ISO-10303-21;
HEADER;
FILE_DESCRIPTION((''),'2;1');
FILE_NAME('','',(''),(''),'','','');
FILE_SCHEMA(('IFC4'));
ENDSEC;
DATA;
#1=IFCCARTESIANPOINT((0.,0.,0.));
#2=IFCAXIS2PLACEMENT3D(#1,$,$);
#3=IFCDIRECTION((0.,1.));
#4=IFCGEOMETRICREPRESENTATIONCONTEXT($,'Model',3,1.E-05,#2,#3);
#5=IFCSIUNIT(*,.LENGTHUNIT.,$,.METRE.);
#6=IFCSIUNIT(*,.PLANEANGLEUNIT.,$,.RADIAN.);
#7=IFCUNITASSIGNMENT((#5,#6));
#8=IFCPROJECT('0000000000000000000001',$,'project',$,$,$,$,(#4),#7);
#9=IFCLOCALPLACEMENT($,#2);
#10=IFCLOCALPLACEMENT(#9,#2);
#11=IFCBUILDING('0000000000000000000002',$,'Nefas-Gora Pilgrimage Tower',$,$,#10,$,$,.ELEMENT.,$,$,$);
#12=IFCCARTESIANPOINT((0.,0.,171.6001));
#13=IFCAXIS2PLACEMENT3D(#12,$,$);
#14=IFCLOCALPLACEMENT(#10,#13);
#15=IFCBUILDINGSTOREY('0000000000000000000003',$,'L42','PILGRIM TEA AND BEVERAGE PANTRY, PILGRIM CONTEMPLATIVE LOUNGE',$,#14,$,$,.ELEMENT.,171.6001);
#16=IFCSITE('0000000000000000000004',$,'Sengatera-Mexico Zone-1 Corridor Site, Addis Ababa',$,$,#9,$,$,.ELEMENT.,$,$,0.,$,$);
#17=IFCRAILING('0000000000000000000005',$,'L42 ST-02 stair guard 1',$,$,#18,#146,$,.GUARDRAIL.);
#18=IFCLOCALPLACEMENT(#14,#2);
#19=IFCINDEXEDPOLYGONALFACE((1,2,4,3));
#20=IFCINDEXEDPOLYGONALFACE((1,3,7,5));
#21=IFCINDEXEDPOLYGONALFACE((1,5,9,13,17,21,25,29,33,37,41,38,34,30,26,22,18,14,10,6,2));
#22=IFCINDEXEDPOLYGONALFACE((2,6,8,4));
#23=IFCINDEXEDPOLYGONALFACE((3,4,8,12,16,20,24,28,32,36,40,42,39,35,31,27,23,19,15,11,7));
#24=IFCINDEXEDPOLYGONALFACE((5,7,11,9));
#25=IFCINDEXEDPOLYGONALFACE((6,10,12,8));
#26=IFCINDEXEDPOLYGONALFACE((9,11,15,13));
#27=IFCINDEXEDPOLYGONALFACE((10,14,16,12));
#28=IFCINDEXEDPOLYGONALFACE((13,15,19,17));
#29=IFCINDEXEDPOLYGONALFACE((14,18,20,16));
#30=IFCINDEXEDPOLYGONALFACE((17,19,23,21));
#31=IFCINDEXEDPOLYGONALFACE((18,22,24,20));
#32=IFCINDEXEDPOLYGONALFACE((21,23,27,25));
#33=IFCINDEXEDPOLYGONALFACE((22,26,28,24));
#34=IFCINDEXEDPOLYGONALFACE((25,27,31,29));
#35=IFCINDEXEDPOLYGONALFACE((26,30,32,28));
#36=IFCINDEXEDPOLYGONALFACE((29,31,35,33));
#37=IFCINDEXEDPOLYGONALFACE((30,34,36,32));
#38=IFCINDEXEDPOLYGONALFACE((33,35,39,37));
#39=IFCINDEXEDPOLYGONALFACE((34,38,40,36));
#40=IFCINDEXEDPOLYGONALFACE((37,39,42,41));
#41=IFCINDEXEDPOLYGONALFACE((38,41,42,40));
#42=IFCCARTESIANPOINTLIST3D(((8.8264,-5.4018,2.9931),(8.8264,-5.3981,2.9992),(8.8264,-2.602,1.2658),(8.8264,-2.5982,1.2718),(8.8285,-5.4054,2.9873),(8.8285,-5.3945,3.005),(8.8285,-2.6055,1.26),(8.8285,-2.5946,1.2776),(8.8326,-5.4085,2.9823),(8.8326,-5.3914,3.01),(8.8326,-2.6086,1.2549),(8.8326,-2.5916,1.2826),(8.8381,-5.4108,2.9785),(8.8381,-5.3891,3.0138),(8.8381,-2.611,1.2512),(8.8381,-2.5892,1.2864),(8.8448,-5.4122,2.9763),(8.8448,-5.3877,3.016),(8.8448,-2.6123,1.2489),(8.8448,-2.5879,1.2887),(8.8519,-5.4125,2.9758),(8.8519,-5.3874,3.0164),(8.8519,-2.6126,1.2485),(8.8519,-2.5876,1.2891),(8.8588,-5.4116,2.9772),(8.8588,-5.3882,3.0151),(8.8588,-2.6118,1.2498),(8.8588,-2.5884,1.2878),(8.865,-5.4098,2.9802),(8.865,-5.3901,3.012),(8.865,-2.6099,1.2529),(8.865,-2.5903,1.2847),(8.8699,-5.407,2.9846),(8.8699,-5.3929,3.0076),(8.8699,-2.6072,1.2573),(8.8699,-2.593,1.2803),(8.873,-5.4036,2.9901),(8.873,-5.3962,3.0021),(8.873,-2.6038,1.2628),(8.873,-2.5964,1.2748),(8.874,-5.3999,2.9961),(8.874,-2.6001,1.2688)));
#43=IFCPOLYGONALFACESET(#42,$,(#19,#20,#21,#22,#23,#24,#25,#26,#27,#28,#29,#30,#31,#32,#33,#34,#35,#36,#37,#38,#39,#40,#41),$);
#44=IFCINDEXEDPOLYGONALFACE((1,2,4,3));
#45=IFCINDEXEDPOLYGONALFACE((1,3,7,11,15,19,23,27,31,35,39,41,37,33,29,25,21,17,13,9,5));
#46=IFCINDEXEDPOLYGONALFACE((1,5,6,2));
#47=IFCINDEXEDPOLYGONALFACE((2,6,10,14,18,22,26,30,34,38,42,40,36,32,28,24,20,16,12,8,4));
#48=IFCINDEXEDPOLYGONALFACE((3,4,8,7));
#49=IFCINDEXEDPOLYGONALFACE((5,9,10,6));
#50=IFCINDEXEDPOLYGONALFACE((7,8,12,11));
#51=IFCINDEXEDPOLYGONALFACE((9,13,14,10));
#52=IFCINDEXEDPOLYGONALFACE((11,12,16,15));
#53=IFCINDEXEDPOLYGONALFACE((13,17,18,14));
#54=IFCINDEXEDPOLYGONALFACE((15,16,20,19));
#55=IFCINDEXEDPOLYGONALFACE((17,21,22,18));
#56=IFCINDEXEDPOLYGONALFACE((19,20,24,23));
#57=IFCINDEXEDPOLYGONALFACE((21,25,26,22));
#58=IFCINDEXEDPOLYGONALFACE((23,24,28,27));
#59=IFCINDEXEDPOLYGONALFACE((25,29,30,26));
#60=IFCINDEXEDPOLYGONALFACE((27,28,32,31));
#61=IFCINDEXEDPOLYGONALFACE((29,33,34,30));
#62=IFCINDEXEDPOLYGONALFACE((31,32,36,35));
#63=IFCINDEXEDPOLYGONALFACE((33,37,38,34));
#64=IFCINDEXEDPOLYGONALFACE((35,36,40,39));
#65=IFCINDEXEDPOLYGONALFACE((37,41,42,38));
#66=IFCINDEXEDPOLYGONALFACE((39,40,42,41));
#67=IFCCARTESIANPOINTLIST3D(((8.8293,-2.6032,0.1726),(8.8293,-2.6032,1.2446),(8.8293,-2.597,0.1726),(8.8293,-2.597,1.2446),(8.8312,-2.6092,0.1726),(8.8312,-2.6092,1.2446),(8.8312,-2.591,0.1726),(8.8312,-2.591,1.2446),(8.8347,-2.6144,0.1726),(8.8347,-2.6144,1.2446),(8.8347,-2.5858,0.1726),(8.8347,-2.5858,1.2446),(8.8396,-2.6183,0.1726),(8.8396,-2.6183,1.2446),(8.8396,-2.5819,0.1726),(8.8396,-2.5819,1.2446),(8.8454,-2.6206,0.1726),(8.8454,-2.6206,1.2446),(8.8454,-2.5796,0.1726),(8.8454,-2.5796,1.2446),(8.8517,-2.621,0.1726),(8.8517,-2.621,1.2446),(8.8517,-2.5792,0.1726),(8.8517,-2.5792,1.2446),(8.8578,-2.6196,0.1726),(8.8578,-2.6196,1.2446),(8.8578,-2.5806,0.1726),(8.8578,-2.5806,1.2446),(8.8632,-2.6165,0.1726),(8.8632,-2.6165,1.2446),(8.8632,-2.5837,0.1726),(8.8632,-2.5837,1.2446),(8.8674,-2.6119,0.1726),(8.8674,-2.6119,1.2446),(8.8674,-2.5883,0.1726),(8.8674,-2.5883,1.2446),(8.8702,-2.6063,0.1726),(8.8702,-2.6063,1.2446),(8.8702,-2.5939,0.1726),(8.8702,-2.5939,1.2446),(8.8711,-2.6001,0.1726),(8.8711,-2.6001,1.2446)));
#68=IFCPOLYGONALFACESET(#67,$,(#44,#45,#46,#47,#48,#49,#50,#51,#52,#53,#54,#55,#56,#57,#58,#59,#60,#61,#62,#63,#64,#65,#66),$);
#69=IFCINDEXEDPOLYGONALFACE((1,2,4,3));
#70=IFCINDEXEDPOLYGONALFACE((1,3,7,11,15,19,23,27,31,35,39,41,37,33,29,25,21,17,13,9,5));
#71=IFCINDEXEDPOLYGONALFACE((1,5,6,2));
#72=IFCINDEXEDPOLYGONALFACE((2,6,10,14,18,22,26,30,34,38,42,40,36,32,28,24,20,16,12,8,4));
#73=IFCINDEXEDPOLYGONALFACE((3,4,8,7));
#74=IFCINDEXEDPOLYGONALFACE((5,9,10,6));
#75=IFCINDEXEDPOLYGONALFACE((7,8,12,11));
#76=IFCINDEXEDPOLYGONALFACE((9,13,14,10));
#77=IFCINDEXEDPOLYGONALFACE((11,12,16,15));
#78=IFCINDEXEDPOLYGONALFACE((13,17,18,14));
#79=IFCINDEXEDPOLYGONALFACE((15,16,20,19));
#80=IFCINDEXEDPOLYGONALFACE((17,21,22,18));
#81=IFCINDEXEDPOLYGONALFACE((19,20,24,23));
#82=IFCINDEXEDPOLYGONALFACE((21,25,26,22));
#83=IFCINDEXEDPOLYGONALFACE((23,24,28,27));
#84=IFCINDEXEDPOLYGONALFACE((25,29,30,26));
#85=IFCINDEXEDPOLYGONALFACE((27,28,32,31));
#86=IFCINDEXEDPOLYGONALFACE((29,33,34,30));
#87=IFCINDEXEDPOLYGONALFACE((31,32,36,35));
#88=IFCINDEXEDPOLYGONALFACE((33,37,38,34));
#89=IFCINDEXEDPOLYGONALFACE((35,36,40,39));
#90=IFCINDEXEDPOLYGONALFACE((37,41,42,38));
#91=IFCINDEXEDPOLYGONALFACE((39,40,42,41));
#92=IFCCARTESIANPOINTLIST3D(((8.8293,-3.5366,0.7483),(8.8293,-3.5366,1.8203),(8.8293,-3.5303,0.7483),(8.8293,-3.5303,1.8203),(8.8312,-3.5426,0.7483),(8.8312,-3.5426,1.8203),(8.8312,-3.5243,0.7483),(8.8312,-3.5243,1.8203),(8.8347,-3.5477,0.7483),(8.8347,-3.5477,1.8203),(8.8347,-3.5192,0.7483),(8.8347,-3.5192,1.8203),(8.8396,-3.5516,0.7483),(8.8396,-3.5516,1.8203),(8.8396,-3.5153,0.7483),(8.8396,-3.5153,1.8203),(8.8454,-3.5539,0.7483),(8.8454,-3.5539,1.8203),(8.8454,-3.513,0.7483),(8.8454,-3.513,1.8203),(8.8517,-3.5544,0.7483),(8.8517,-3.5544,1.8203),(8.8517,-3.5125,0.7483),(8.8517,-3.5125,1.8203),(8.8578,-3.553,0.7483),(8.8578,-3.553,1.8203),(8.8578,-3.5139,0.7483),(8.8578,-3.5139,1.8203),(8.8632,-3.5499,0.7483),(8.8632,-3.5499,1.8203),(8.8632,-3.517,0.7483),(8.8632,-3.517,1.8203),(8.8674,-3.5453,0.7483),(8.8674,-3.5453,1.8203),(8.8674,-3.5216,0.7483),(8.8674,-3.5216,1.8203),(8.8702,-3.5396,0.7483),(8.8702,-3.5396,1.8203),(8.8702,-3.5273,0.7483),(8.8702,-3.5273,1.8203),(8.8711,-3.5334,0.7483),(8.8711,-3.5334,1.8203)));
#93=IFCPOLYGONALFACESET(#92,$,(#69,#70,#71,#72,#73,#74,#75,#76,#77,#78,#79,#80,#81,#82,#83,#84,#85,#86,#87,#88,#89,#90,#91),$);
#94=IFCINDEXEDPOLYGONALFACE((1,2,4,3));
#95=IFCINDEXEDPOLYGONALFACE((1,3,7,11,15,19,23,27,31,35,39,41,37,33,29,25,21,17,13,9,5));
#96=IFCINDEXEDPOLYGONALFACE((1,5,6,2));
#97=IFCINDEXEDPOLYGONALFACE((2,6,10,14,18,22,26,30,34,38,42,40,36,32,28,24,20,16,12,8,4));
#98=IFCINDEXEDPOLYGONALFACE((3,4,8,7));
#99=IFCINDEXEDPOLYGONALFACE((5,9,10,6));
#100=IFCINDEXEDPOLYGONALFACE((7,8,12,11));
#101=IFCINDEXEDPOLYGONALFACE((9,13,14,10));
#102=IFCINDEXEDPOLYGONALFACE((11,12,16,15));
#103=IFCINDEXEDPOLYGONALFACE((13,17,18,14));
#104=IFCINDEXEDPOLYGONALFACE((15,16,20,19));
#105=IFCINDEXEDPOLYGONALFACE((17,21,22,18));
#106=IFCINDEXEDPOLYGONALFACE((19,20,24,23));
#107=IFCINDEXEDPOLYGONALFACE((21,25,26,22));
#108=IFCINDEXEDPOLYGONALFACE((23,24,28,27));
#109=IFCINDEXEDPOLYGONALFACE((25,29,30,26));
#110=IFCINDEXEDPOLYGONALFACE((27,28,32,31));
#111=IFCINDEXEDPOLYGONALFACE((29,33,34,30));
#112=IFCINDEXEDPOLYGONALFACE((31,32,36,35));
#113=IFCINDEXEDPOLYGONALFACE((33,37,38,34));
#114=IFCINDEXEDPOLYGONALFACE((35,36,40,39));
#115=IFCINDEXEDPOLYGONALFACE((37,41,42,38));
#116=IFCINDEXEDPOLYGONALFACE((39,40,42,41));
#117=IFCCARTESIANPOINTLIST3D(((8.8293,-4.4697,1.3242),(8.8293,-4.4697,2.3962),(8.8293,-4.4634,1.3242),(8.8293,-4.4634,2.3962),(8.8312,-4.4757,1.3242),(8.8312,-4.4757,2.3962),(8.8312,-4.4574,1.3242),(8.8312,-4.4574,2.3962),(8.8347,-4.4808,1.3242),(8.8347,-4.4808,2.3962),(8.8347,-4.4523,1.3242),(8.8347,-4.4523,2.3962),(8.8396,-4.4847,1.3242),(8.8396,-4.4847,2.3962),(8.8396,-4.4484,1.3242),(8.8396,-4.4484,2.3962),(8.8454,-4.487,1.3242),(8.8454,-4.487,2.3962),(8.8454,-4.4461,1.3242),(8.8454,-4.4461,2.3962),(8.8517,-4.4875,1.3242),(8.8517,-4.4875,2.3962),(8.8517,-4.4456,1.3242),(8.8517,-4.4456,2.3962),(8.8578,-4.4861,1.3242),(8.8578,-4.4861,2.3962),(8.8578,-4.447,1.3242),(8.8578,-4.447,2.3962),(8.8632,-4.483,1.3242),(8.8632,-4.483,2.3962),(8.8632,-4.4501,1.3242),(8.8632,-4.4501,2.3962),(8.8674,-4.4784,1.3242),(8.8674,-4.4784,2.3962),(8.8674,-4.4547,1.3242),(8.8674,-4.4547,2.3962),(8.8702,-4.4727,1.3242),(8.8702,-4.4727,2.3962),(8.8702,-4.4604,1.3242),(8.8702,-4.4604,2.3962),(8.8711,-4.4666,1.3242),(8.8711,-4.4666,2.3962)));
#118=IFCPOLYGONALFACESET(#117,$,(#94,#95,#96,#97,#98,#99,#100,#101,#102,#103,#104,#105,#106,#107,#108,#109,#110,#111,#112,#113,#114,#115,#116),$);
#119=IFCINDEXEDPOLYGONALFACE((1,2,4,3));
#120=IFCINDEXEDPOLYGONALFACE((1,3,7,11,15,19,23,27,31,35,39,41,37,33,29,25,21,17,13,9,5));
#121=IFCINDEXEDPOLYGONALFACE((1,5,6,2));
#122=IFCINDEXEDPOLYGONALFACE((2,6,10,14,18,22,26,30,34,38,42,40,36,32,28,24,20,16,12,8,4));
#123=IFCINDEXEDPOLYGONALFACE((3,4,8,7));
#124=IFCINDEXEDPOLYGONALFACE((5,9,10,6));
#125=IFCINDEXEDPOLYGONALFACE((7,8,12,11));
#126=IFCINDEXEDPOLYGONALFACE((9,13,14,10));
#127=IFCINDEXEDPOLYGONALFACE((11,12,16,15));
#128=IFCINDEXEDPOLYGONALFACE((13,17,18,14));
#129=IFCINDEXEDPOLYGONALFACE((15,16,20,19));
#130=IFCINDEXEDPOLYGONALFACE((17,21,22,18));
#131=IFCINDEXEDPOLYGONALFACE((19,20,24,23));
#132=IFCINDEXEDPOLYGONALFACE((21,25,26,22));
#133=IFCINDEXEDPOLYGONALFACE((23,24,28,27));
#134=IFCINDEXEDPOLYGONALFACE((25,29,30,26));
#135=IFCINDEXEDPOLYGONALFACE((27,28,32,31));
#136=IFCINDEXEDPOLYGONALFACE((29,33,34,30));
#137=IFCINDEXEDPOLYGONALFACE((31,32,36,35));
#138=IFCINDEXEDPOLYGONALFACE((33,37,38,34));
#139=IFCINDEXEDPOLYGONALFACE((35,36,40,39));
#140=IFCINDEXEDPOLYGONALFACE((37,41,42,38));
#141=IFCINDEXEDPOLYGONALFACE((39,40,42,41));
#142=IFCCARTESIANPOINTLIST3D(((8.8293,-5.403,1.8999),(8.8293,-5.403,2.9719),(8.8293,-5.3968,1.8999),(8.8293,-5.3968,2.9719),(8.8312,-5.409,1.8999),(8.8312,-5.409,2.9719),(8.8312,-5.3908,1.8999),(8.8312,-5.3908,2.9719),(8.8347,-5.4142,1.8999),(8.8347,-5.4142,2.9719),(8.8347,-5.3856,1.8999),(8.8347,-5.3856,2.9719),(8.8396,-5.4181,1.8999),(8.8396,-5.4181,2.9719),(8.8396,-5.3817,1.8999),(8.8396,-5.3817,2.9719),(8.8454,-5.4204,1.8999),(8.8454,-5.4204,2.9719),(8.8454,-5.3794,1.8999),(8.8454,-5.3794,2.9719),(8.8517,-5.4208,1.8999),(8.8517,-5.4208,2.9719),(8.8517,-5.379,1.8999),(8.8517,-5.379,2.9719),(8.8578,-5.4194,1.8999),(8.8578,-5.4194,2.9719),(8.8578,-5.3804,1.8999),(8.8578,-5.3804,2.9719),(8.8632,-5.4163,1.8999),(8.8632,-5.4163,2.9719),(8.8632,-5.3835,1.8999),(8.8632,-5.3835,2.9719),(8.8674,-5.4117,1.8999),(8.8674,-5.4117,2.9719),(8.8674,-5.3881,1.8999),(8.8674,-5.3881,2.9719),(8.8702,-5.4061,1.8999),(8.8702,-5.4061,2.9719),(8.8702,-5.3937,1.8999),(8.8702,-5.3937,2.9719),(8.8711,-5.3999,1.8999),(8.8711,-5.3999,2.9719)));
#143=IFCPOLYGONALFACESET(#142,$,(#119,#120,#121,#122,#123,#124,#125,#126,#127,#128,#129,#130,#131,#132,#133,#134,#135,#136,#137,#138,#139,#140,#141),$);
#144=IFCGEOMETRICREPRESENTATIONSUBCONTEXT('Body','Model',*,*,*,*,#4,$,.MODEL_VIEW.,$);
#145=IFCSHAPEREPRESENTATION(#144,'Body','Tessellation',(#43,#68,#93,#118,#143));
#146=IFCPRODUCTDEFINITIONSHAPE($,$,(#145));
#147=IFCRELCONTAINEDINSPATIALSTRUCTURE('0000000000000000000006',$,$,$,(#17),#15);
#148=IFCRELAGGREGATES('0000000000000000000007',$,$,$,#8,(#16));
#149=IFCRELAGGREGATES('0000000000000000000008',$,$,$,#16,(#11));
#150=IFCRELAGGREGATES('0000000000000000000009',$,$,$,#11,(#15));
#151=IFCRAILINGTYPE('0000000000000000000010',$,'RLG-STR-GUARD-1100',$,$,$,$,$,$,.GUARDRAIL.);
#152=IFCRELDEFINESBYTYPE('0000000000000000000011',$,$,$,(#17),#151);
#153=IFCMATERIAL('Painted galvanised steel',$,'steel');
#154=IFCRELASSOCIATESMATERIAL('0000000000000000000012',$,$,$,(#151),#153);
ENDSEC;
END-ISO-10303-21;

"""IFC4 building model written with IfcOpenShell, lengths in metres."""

from ifc_helpers import new_model, si_unit, direction, frame, origin, origin_2d, place, context, subcontext, project, spatial, circle, extrude, material, type_object, element, save


model = new_model("IFC4")

# Units and contexts
model_context = context("Model", 3, precision=1e-05, world=origin(), true_north=direction((0.0, 1.0)))
body_context = subcontext(model_context, "Body", "Model", "MODEL_VIEW")
ifc_project = project(units=[si_unit("LENGTHUNIT", "METRE"), si_unit("PLANEANGLEUNIT", "RADIAN")], contexts=[model_context])

# Site, building, storey
site_placement = place(None, origin())
site = spatial("IfcSite", under=ifc_project, at=site_placement, Name="Sengatera-Mexico Zone-1 Corridor Site, Addis Ababa", CompositionType="ELEMENT", RefElevation=0.0)
building_placement = place(site_placement, origin())
building = spatial("IfcBuilding", under=site, at=building_placement, Name="Nefas-Gora Pilgrimage Tower", CompositionType="ELEMENT")
storey_placement = place(building_placement, frame((0.0, 0.0, 171.6001)))
storey = spatial("IfcBuildingStorey", under=building, at=storey_placement, Name="L42", Description="PILGRIM TEA AND BEVERAGE PANTRY, PILGRIM CONTEMPLATIVE LOUNGE", CompositionType="ELEMENT", Elevation=171.6001)

# Railing
ifc_material_1 = material(Name="Painted galvanised steel", Category="steel")
railing_type_1 = type_object("IfcRailingType", Name="RLG-STR-GUARD-1100", PredefinedType="GUARDRAIL", material=ifc_material_1)
railing_1_placement = place(storey_placement, frame((8.8501, -2.6001, 0.1726)))
element("IfcRailing", 1, at=railing_1_placement, inside=storey, type_object=railing_type_1, Name="L42 ST-02 stair guard 1", PredefinedType="GUARDRAIL", context=body_context, shape_type="SweptSolid", body=[
    extrude(circle(Radius=0.0239, at=origin_2d()), frame((0.0, 0.0, 1.0962), z_axis=(0.0, -0.851069, 0.525054), x_axis=(1.0, 0.0, 0.0)), (0.0, 0.0, 1.0), 3.2898),
    extrude(circle(Radius=0.021, at=origin_2d()), origin(), (0.0, 0.0, 1.0), 1.072),
    extrude(circle(Radius=0.021, at=origin_2d()), frame((0.0, -0.9333, 0.5757)), (0.0, 0.0, 1.0), 1.072),
    extrude(circle(Radius=0.021, at=origin_2d()), frame((0.0, -1.8665, 1.1516)), (0.0, 0.0, 1.0), 1.072),
    extrude(circle(Radius=0.021, at=origin_2d()), frame((0.0, -2.7998, 1.7273)), (0.0, 0.0, 1.0), 1.072),
])

save(model, "model.ifc")
